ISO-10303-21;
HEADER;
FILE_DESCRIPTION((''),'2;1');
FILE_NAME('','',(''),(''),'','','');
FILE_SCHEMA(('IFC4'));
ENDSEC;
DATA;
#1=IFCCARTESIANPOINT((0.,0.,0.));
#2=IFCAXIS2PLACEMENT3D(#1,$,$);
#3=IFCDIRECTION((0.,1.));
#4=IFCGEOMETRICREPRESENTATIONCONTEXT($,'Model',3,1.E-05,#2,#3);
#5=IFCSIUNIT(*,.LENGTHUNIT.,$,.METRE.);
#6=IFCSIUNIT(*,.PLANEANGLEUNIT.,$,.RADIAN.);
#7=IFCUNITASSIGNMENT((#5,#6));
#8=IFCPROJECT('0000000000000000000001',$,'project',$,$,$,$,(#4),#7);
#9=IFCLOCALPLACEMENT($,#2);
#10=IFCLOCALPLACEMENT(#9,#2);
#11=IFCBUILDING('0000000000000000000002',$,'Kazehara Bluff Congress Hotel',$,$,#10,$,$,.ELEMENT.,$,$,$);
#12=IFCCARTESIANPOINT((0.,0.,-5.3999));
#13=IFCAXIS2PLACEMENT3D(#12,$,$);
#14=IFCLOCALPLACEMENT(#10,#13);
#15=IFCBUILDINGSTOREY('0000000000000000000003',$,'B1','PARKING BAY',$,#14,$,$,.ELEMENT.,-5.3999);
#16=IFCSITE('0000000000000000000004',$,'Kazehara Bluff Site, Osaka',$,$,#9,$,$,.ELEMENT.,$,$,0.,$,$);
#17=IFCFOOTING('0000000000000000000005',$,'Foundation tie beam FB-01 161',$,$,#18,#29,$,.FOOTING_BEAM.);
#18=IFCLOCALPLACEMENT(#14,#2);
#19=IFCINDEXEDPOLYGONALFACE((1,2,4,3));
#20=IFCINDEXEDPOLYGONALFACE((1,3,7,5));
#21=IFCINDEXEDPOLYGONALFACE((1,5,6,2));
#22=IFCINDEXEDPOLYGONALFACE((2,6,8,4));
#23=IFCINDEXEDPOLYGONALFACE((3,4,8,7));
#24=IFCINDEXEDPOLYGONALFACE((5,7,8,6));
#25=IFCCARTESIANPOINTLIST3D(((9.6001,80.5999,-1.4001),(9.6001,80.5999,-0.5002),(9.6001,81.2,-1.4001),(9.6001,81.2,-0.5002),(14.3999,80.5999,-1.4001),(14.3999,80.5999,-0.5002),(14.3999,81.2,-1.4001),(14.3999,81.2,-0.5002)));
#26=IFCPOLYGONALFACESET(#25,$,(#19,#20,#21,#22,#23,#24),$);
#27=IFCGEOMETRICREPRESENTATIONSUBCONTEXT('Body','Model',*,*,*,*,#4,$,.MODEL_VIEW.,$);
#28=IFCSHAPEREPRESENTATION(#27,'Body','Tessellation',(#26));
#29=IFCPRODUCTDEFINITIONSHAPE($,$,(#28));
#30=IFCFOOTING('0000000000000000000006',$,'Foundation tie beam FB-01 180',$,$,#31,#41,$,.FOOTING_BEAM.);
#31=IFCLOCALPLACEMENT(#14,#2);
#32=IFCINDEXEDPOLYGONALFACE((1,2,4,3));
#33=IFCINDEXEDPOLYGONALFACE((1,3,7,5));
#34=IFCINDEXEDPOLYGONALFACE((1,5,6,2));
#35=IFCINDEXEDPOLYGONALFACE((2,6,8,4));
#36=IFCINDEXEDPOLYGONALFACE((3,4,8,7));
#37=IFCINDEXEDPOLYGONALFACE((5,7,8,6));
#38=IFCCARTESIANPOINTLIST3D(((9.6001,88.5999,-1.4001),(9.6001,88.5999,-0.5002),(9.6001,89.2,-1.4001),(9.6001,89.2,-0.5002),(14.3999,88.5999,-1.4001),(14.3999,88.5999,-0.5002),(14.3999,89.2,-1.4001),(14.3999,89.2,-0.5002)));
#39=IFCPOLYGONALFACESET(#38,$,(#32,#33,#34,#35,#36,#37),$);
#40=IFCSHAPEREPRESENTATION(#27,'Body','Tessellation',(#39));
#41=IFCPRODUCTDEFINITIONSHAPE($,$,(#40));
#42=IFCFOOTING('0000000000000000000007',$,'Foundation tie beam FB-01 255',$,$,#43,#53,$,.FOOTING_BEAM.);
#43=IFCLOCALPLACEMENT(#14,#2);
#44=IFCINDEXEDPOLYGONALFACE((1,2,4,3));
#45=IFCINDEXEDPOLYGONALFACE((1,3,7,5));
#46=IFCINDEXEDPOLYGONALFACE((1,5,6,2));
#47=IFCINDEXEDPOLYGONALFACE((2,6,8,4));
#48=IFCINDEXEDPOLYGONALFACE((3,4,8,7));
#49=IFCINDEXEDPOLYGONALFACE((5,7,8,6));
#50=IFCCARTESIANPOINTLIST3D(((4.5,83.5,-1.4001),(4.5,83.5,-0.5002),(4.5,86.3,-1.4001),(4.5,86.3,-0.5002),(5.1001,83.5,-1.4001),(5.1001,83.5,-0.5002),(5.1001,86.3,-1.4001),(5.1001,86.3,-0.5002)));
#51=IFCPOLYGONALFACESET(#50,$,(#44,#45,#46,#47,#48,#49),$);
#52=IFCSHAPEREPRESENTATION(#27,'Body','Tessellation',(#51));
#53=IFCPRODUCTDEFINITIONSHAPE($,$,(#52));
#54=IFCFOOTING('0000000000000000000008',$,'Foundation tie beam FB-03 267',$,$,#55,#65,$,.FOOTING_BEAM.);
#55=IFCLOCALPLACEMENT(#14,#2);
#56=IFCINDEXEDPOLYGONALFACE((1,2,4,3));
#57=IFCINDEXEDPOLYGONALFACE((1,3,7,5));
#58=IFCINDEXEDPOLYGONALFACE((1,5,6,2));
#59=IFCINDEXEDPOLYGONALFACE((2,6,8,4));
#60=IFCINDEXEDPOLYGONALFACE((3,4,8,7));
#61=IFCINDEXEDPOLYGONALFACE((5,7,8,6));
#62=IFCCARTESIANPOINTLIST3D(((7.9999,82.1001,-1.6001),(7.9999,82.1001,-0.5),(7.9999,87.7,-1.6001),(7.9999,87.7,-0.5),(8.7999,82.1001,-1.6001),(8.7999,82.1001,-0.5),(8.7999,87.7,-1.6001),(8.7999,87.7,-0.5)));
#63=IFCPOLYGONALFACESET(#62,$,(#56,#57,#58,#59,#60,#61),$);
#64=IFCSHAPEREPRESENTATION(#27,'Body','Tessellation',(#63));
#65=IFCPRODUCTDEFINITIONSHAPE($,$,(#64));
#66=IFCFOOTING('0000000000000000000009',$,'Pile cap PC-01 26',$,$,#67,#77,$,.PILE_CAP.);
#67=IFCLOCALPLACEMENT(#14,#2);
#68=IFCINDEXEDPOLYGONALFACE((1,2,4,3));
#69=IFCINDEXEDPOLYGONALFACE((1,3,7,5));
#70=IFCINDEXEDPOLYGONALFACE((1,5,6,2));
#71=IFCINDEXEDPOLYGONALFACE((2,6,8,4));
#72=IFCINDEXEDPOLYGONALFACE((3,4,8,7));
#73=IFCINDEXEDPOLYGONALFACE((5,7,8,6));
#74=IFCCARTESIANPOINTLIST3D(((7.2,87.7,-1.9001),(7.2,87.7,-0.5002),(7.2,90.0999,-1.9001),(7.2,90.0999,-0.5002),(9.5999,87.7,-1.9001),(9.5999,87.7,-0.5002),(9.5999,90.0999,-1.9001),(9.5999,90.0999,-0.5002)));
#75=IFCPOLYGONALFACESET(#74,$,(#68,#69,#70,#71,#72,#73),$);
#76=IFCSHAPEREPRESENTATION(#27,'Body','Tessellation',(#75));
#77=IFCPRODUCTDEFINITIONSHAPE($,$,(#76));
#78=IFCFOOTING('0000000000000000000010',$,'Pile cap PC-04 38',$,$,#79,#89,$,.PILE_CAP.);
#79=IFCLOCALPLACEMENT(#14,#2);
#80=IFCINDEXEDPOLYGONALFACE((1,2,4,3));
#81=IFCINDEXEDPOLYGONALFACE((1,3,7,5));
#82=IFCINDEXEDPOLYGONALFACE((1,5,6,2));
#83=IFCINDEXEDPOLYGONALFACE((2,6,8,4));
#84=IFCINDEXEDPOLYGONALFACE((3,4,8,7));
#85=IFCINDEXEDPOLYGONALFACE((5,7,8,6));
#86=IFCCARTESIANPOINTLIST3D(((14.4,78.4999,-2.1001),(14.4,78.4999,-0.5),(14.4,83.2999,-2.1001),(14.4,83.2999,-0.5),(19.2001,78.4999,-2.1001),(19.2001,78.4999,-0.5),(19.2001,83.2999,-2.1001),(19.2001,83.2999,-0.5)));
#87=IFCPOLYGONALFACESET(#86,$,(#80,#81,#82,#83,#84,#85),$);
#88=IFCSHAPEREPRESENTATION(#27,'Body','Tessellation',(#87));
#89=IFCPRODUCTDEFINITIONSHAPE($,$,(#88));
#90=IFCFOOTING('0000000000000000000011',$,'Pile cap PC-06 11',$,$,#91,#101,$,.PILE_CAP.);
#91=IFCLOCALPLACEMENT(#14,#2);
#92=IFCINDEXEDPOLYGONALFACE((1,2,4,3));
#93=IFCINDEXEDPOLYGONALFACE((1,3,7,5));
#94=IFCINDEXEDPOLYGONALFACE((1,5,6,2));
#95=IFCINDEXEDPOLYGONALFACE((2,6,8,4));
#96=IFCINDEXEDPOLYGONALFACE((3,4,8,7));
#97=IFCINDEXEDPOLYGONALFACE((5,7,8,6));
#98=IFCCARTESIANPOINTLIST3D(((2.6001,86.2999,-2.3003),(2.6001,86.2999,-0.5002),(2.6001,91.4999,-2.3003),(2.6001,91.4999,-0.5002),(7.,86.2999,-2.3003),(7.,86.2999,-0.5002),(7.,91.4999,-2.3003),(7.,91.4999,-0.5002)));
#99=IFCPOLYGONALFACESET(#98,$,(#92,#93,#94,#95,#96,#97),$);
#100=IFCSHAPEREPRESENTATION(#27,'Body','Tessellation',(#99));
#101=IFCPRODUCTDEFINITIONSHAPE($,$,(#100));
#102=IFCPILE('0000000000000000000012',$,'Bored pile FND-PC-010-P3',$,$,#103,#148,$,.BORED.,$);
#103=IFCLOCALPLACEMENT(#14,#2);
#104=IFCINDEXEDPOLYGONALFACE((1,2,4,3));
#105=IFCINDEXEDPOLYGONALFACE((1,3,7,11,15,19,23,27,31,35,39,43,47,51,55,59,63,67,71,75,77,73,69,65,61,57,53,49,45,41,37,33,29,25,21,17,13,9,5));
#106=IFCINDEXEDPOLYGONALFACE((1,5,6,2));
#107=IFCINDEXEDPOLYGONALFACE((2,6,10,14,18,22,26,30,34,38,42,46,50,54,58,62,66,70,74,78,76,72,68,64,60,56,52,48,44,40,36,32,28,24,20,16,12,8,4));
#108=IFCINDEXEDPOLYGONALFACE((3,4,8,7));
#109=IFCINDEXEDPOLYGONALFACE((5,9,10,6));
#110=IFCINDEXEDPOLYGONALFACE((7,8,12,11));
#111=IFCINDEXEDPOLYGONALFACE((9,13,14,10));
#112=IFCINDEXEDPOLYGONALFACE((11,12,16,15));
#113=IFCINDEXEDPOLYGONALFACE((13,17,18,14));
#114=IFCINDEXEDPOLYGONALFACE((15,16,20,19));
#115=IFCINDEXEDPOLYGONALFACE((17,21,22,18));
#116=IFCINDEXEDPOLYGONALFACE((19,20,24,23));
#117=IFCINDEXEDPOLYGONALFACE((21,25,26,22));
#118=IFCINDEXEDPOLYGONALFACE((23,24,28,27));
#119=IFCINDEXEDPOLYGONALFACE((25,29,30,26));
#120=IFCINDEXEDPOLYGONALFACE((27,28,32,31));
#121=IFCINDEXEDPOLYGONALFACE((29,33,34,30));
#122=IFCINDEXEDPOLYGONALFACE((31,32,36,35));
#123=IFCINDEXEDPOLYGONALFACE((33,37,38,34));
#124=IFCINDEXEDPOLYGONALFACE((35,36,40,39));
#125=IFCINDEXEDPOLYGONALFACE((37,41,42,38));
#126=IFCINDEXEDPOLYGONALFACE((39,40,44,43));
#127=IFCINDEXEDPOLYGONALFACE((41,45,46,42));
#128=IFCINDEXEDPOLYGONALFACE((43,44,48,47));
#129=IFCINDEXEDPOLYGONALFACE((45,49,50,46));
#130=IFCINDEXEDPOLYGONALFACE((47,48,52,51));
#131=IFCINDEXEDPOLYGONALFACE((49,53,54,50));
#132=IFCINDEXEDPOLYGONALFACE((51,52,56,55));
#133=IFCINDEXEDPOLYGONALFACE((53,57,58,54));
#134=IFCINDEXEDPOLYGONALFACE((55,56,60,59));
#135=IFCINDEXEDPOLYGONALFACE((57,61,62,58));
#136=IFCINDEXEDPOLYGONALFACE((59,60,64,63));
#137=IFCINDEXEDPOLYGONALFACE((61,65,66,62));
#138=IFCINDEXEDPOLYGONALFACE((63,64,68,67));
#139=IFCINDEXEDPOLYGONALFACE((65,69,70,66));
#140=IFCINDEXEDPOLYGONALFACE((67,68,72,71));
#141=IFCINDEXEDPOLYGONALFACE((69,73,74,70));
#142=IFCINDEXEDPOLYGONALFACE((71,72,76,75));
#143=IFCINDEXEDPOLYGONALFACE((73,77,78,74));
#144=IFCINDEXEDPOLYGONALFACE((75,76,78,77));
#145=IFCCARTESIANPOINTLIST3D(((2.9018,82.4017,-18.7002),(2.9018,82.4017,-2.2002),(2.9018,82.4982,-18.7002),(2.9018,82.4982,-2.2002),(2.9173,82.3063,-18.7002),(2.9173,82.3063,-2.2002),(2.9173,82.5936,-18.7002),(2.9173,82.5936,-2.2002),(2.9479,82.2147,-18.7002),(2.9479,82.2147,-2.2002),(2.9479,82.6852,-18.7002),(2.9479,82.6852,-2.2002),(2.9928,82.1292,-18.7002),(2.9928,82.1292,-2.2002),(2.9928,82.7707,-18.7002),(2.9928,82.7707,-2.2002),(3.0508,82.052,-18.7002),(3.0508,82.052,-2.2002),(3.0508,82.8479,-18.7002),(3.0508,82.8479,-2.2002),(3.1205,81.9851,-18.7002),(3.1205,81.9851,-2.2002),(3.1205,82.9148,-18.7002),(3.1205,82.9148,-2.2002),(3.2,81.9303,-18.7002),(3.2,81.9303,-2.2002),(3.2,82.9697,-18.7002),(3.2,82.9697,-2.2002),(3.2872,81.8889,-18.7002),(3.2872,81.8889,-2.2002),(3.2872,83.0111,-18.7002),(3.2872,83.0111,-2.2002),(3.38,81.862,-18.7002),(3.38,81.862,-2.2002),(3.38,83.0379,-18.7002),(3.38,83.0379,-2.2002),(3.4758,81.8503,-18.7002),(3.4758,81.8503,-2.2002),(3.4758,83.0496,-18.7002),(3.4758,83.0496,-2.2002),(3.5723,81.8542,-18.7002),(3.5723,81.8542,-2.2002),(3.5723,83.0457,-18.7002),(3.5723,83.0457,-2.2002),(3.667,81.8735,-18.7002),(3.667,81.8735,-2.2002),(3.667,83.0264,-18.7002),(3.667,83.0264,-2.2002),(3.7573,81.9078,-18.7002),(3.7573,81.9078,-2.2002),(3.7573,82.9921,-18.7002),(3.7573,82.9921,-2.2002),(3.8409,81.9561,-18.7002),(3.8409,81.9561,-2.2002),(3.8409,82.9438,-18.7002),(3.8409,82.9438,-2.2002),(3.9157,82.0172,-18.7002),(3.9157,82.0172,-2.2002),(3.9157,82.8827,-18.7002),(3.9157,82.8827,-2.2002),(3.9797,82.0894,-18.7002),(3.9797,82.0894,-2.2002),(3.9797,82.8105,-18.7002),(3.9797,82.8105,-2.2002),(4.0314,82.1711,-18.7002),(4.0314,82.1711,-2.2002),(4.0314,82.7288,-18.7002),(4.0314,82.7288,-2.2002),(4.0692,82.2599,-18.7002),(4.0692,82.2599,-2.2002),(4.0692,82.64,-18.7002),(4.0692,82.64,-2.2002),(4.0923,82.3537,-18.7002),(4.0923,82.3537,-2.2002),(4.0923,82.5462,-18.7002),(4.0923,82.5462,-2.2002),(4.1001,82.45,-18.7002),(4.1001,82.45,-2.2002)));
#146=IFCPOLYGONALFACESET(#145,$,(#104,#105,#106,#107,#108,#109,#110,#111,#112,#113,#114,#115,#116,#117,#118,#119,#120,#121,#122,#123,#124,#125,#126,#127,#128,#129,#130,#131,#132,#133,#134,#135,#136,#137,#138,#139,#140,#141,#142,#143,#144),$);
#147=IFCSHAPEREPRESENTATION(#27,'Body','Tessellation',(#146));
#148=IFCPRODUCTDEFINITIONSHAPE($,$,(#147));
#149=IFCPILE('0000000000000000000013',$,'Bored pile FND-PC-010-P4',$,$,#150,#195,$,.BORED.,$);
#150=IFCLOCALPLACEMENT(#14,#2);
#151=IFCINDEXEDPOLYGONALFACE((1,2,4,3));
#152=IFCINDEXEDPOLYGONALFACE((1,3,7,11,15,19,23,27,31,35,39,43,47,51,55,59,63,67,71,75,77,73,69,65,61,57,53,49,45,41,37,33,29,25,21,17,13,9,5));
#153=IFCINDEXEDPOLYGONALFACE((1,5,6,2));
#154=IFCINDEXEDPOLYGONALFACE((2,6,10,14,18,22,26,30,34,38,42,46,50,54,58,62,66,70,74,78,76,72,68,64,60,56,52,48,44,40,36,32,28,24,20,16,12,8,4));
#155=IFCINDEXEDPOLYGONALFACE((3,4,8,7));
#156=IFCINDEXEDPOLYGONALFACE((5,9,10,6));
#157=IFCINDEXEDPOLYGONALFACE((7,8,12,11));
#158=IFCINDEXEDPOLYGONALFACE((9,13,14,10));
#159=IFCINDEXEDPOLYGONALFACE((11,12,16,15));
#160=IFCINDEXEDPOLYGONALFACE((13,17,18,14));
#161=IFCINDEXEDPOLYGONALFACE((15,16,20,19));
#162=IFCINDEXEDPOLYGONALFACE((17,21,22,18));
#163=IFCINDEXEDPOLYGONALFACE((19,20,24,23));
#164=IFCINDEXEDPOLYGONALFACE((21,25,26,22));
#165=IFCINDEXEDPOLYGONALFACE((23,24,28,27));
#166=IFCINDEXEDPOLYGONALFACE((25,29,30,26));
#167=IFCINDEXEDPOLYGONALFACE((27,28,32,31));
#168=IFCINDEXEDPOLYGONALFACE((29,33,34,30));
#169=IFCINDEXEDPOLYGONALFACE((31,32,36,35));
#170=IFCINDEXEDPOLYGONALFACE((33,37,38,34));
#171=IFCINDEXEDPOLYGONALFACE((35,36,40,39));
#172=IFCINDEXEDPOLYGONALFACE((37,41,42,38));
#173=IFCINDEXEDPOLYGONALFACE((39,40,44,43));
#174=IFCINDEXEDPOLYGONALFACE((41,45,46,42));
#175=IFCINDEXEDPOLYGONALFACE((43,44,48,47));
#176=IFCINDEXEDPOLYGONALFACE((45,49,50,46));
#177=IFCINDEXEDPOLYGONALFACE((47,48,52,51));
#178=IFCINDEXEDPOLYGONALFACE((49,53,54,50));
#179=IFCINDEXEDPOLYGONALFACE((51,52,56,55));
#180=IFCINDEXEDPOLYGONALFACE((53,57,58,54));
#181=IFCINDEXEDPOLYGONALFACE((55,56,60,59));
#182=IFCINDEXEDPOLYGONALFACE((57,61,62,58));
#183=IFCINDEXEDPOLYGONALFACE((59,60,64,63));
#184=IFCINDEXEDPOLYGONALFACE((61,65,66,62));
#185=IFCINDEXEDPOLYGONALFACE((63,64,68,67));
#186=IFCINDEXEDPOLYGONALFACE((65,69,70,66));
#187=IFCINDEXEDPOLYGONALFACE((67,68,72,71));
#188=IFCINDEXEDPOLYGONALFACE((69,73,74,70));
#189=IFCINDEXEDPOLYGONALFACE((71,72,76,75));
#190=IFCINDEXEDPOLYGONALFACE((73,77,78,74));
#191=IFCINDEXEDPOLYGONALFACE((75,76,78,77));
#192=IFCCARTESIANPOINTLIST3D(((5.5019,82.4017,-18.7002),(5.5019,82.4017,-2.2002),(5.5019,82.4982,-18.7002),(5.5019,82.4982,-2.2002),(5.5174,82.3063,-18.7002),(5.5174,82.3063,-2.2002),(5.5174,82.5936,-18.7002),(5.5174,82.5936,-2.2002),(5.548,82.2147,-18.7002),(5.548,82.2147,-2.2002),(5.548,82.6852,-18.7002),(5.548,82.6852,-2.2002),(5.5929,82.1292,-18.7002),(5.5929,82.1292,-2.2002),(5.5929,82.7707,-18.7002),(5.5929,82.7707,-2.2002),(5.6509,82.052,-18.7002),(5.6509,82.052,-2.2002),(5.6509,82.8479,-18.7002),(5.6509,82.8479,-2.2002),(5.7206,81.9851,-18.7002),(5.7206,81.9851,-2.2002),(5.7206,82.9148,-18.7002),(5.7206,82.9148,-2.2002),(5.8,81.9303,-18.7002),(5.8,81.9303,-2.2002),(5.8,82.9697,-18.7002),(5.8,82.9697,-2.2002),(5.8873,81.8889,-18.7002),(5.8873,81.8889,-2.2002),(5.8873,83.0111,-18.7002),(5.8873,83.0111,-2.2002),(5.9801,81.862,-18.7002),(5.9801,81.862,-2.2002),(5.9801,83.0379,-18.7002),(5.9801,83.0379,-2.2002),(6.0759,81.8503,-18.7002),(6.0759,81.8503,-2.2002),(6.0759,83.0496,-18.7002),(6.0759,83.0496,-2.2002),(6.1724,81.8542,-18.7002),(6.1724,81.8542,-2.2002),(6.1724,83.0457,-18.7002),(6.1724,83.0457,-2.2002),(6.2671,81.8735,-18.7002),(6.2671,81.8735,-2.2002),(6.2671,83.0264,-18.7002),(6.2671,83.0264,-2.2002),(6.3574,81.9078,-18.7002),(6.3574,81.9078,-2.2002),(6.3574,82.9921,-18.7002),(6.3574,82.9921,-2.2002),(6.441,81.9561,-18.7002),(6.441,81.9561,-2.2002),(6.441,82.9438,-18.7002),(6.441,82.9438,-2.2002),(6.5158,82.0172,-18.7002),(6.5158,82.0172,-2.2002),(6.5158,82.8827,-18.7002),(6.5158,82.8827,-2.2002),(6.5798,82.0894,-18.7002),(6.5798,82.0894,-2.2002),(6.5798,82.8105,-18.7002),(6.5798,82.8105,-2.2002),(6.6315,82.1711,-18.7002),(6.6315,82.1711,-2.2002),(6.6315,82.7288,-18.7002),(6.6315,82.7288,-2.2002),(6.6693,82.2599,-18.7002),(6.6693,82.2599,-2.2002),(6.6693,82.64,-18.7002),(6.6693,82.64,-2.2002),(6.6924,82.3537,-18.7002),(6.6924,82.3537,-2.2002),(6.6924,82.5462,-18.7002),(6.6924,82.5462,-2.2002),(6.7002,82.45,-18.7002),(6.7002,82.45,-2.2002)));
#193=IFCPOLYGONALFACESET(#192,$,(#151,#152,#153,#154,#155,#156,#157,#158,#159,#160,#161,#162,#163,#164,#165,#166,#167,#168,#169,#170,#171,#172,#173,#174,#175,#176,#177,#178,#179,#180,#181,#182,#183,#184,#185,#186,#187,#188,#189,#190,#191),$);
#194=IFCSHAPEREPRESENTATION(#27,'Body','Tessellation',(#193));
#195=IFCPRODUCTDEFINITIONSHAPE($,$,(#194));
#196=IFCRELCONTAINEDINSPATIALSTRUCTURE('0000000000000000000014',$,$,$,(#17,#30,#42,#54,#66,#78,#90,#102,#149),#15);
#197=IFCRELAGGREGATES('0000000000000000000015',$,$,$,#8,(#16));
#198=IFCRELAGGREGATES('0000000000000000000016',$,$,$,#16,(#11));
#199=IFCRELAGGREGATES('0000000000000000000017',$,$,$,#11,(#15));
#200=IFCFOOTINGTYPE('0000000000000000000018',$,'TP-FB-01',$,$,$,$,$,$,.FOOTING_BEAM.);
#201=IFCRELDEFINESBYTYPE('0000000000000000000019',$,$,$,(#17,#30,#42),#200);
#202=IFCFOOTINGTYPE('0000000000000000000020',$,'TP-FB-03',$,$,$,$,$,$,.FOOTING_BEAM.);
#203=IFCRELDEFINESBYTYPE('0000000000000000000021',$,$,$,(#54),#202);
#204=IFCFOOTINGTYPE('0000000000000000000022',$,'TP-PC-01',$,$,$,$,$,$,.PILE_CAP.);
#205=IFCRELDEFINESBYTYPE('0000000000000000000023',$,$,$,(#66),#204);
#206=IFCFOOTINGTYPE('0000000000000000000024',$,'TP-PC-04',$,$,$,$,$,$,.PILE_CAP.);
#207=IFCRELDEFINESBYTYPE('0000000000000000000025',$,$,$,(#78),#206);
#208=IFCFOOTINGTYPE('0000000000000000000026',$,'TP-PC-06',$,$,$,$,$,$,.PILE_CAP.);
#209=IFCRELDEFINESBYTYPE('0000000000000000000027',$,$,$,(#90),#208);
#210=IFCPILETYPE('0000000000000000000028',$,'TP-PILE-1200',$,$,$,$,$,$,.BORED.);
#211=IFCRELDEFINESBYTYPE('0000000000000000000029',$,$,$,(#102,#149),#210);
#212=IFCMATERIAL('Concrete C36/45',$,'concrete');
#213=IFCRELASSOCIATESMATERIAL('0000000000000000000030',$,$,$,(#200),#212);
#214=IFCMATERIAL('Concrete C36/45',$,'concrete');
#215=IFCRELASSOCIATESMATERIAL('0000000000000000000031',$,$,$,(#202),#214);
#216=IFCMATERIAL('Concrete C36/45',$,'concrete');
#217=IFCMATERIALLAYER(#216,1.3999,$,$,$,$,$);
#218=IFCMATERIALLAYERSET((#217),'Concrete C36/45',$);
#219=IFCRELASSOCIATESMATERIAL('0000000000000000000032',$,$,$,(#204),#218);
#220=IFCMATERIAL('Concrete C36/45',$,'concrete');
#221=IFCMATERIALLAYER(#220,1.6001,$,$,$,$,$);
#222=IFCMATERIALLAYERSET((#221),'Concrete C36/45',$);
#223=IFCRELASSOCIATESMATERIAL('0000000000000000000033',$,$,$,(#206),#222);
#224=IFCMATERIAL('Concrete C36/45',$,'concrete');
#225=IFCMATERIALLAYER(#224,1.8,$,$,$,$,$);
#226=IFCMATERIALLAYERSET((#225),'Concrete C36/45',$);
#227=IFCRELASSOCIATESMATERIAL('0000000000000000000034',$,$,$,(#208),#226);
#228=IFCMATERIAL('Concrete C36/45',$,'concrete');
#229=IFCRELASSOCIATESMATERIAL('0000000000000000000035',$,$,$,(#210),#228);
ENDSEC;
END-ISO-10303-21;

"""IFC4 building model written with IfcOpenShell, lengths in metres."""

from ifc_helpers import new_model, si_unit, direction, frame, origin, origin_2d, place, context, subcontext, project, spatial, rectangle, circle, extrude, material, layer, layer_set, material_profile, profile_set, type_object, element, save


model = new_model("IFC4")

# Units and contexts
model_context = context("Model", 3, precision=1e-05, world=origin(), true_north=direction((0.0, 1.0)))
body_context = subcontext(model_context, "Body", "Model", "MODEL_VIEW")
ifc_project = project(units=[si_unit("LENGTHUNIT", "METRE"), si_unit("PLANEANGLEUNIT", "RADIAN")], contexts=[model_context])

# Site, building, storey
site_placement = place(None, origin())
site = spatial("IfcSite", under=ifc_project, at=site_placement, Name="Kazehara Bluff Site, Osaka", CompositionType="ELEMENT", RefElevation=0.0)
building_placement = place(site_placement, origin())
building = spatial("IfcBuilding", under=site, at=building_placement, Name="Kazehara Bluff Congress Hotel", CompositionType="ELEMENT")
storey_placement = place(building_placement, frame((0.0, 0.0, -5.3999)))
storey = spatial("IfcBuildingStorey", under=building, at=storey_placement, Name="B1", Description="PARKING BAY", CompositionType="ELEMENT", Elevation=-5.3999)

# Footings
ifc_material_1 = material(Name="Concrete C36/45", Category="concrete")
ifc_material_profile_1 = material_profile(ifc_material_1, rectangle(XDim=0.6001, YDim=0.8999, at=origin_2d()))
ifc_profile_set_1 = profile_set([ifc_material_profile_1], Name="Concrete C36/45")
footing_type_1 = type_object("IfcFootingType", Name="TP-FB-01", PredefinedType="FOOTING_BEAM", material=ifc_profile_set_1)
for number, where, z_axis, x_axis, name in (
    (1, (9.6001, 80.8999, -0.9502), (1.0, 0.0, 0.0), (0.0, 1.0, 0.0), "Foundation tie beam FB-01 161"),
    (2, (9.6001, 88.8999, -0.9502), (1.0, 0.0, 0.0), (0.0, 1.0, 0.0), "Foundation tie beam FB-01 180"),
):
    element("IfcFooting", number, at=place(storey_placement, frame(where, z_axis=z_axis, x_axis=x_axis)), inside=storey, type_object=footing_type_1, Name=name, PredefinedType="FOOTING_BEAM", context=body_context, shape_type="SweptSolid", body=[
        extrude(rectangle(XDim=0.6001, YDim=0.8999, at=origin_2d()), origin(), (0.0, 0.0, 1.0), 4.7998),
    ])
footing_1_placement = place(storey_placement, frame((4.8, 83.5, -0.9502), z_axis=(0.0, 1.0, 0.0), x_axis=(-1.0, 0.0, 0.0)))
element("IfcFooting", 3, at=footing_1_placement, inside=storey, type_object=footing_type_1, Name="Foundation tie beam FB-01 255", PredefinedType="FOOTING_BEAM", context=body_context, shape_type="SweptSolid", body=[
    extrude(rectangle(XDim=0.6001, YDim=0.8999, at=origin_2d()), origin(), (0.0, 0.0, 1.0), 2.8),
])
ifc_material_2 = material(Name="Concrete C36/45", Category="concrete")
ifc_material_profile_2 = material_profile(ifc_material_2, rectangle(XDim=0.8, YDim=1.1001, at=origin_2d()))
ifc_profile_set_2 = profile_set([ifc_material_profile_2], Name="Concrete C36/45")
footing_type_2 = type_object("IfcFootingType", Name="TP-FB-03", PredefinedType="FOOTING_BEAM", material=ifc_profile_set_2)
footing_2_placement = place(storey_placement, frame((8.3999, 82.1001, -1.05), z_axis=(0.0, 1.0, 0.0), x_axis=(-1.0, 0.0, 0.0)))
element("IfcFooting", 4, at=footing_2_placement, inside=storey, type_object=footing_type_2, Name="Foundation tie beam FB-03 267", PredefinedType="FOOTING_BEAM", context=body_context, shape_type="SweptSolid", body=[
    extrude(rectangle(XDim=0.8, YDim=1.1001, at=origin_2d()), origin(), (0.0, 0.0, 1.0), 5.5999),
])
ifc_material_3 = material(Name="Concrete C36/45", Category="concrete")
ifc_layer_1 = layer(ifc_material_3, 1.3999)
ifc_layer_set_1 = layer_set([ifc_layer_1], Name="Concrete C36/45")
footing_type_3 = type_object("IfcFootingType", Name="TP-PC-01", PredefinedType="PILE_CAP", material=ifc_layer_set_1)
footing_3_placement = place(storey_placement, frame((8.3999, 88.8999, -1.9001), z_axis=(0.0, 0.0, 1.0), x_axis=(1.0, 0.0, 0.0)))
element("IfcFooting", 5, at=footing_3_placement, inside=storey, type_object=footing_type_3, Name="Pile cap PC-01 26", PredefinedType="PILE_CAP", context=body_context, shape_type="SweptSolid", body=[
    extrude(rectangle(XDim=2.3999, YDim=2.3999, at=origin_2d()), origin(), (0.0, 0.0, 1.0), 1.3999),
])
ifc_material_4 = material(Name="Concrete C36/45", Category="concrete")
ifc_layer_2 = layer(ifc_material_4, 1.6001)
ifc_layer_set_2 = layer_set([ifc_layer_2], Name="Concrete C36/45")
footing_type_4 = type_object("IfcFootingType", Name="TP-PC-04", PredefinedType="PILE_CAP", material=ifc_layer_set_2)
footing_4_placement = place(storey_placement, frame((16.8, 80.8999, -2.1001), z_axis=(0.0, 0.0, 1.0), x_axis=(1.0, 0.0, 0.0)))
element("IfcFooting", 6, at=footing_4_placement, inside=storey, type_object=footing_type_4, Name="Pile cap PC-04 38", PredefinedType="PILE_CAP", context=body_context, shape_type="SweptSolid", body=[
    extrude(rectangle(XDim=4.8, YDim=4.8, at=origin_2d()), origin(), (0.0, 0.0, 1.0), 1.6001),
])
ifc_material_5 = material(Name="Concrete C36/45", Category="concrete")
ifc_layer_3 = layer(ifc_material_5, 1.8)
ifc_layer_set_3 = layer_set([ifc_layer_3], Name="Concrete C36/45")
footing_type_5 = type_object("IfcFootingType", Name="TP-PC-06", PredefinedType="PILE_CAP", material=ifc_layer_set_3)
footing_5_placement = place(storey_placement, frame((4.8, 88.8999, -2.3003), z_axis=(0.0, 0.0, 1.0), x_axis=(1.0, 0.0, 0.0)))
element("IfcFooting", 7, at=footing_5_placement, inside=storey, type_object=footing_type_5, Name="Pile cap PC-06 11", PredefinedType="PILE_CAP", context=body_context, shape_type="SweptSolid", body=[
    extrude(rectangle(XDim=4.3999, YDim=5.2, at=origin_2d()), origin(), (0.0, 0.0, 1.0), 1.8),
])

# Piles
ifc_material_6 = material(Name="Concrete C36/45", Category="concrete")
ifc_material_profile_3 = material_profile(ifc_material_6, circle(Radius=0.6001, at=origin_2d()))
ifc_profile_set_3 = profile_set([ifc_material_profile_3], Name="Concrete C36/45")
pile_type = type_object("IfcPileType", Name="TP-PILE-1200", PredefinedType="BORED", material=ifc_profile_set_3)
for number, where, z_axis, x_axis, name in (
    (8, (3.5, 82.45, -2.2002), (0.0, 0.0, -1.0), (1.0, 0.0, 0.0), "Bored pile FND-PC-010-P3"),
    (9, (6.1001, 82.45, -2.2002), (0.0, 0.0, -1.0), (1.0, 0.0, 0.0), "Bored pile FND-PC-010-P4"),
):
    element("IfcPile", number, at=place(storey_placement, frame(where, z_axis=z_axis, x_axis=x_axis)), inside=storey, type_object=pile_type, Name=name, PredefinedType="BORED", context=body_context, shape_type="SweptSolid", body=[
        extrude(circle(Radius=0.6001, at=origin_2d()), origin(), (0.0, 0.0, 1.0), 16.5),
    ])

save(model, "model.ifc")
